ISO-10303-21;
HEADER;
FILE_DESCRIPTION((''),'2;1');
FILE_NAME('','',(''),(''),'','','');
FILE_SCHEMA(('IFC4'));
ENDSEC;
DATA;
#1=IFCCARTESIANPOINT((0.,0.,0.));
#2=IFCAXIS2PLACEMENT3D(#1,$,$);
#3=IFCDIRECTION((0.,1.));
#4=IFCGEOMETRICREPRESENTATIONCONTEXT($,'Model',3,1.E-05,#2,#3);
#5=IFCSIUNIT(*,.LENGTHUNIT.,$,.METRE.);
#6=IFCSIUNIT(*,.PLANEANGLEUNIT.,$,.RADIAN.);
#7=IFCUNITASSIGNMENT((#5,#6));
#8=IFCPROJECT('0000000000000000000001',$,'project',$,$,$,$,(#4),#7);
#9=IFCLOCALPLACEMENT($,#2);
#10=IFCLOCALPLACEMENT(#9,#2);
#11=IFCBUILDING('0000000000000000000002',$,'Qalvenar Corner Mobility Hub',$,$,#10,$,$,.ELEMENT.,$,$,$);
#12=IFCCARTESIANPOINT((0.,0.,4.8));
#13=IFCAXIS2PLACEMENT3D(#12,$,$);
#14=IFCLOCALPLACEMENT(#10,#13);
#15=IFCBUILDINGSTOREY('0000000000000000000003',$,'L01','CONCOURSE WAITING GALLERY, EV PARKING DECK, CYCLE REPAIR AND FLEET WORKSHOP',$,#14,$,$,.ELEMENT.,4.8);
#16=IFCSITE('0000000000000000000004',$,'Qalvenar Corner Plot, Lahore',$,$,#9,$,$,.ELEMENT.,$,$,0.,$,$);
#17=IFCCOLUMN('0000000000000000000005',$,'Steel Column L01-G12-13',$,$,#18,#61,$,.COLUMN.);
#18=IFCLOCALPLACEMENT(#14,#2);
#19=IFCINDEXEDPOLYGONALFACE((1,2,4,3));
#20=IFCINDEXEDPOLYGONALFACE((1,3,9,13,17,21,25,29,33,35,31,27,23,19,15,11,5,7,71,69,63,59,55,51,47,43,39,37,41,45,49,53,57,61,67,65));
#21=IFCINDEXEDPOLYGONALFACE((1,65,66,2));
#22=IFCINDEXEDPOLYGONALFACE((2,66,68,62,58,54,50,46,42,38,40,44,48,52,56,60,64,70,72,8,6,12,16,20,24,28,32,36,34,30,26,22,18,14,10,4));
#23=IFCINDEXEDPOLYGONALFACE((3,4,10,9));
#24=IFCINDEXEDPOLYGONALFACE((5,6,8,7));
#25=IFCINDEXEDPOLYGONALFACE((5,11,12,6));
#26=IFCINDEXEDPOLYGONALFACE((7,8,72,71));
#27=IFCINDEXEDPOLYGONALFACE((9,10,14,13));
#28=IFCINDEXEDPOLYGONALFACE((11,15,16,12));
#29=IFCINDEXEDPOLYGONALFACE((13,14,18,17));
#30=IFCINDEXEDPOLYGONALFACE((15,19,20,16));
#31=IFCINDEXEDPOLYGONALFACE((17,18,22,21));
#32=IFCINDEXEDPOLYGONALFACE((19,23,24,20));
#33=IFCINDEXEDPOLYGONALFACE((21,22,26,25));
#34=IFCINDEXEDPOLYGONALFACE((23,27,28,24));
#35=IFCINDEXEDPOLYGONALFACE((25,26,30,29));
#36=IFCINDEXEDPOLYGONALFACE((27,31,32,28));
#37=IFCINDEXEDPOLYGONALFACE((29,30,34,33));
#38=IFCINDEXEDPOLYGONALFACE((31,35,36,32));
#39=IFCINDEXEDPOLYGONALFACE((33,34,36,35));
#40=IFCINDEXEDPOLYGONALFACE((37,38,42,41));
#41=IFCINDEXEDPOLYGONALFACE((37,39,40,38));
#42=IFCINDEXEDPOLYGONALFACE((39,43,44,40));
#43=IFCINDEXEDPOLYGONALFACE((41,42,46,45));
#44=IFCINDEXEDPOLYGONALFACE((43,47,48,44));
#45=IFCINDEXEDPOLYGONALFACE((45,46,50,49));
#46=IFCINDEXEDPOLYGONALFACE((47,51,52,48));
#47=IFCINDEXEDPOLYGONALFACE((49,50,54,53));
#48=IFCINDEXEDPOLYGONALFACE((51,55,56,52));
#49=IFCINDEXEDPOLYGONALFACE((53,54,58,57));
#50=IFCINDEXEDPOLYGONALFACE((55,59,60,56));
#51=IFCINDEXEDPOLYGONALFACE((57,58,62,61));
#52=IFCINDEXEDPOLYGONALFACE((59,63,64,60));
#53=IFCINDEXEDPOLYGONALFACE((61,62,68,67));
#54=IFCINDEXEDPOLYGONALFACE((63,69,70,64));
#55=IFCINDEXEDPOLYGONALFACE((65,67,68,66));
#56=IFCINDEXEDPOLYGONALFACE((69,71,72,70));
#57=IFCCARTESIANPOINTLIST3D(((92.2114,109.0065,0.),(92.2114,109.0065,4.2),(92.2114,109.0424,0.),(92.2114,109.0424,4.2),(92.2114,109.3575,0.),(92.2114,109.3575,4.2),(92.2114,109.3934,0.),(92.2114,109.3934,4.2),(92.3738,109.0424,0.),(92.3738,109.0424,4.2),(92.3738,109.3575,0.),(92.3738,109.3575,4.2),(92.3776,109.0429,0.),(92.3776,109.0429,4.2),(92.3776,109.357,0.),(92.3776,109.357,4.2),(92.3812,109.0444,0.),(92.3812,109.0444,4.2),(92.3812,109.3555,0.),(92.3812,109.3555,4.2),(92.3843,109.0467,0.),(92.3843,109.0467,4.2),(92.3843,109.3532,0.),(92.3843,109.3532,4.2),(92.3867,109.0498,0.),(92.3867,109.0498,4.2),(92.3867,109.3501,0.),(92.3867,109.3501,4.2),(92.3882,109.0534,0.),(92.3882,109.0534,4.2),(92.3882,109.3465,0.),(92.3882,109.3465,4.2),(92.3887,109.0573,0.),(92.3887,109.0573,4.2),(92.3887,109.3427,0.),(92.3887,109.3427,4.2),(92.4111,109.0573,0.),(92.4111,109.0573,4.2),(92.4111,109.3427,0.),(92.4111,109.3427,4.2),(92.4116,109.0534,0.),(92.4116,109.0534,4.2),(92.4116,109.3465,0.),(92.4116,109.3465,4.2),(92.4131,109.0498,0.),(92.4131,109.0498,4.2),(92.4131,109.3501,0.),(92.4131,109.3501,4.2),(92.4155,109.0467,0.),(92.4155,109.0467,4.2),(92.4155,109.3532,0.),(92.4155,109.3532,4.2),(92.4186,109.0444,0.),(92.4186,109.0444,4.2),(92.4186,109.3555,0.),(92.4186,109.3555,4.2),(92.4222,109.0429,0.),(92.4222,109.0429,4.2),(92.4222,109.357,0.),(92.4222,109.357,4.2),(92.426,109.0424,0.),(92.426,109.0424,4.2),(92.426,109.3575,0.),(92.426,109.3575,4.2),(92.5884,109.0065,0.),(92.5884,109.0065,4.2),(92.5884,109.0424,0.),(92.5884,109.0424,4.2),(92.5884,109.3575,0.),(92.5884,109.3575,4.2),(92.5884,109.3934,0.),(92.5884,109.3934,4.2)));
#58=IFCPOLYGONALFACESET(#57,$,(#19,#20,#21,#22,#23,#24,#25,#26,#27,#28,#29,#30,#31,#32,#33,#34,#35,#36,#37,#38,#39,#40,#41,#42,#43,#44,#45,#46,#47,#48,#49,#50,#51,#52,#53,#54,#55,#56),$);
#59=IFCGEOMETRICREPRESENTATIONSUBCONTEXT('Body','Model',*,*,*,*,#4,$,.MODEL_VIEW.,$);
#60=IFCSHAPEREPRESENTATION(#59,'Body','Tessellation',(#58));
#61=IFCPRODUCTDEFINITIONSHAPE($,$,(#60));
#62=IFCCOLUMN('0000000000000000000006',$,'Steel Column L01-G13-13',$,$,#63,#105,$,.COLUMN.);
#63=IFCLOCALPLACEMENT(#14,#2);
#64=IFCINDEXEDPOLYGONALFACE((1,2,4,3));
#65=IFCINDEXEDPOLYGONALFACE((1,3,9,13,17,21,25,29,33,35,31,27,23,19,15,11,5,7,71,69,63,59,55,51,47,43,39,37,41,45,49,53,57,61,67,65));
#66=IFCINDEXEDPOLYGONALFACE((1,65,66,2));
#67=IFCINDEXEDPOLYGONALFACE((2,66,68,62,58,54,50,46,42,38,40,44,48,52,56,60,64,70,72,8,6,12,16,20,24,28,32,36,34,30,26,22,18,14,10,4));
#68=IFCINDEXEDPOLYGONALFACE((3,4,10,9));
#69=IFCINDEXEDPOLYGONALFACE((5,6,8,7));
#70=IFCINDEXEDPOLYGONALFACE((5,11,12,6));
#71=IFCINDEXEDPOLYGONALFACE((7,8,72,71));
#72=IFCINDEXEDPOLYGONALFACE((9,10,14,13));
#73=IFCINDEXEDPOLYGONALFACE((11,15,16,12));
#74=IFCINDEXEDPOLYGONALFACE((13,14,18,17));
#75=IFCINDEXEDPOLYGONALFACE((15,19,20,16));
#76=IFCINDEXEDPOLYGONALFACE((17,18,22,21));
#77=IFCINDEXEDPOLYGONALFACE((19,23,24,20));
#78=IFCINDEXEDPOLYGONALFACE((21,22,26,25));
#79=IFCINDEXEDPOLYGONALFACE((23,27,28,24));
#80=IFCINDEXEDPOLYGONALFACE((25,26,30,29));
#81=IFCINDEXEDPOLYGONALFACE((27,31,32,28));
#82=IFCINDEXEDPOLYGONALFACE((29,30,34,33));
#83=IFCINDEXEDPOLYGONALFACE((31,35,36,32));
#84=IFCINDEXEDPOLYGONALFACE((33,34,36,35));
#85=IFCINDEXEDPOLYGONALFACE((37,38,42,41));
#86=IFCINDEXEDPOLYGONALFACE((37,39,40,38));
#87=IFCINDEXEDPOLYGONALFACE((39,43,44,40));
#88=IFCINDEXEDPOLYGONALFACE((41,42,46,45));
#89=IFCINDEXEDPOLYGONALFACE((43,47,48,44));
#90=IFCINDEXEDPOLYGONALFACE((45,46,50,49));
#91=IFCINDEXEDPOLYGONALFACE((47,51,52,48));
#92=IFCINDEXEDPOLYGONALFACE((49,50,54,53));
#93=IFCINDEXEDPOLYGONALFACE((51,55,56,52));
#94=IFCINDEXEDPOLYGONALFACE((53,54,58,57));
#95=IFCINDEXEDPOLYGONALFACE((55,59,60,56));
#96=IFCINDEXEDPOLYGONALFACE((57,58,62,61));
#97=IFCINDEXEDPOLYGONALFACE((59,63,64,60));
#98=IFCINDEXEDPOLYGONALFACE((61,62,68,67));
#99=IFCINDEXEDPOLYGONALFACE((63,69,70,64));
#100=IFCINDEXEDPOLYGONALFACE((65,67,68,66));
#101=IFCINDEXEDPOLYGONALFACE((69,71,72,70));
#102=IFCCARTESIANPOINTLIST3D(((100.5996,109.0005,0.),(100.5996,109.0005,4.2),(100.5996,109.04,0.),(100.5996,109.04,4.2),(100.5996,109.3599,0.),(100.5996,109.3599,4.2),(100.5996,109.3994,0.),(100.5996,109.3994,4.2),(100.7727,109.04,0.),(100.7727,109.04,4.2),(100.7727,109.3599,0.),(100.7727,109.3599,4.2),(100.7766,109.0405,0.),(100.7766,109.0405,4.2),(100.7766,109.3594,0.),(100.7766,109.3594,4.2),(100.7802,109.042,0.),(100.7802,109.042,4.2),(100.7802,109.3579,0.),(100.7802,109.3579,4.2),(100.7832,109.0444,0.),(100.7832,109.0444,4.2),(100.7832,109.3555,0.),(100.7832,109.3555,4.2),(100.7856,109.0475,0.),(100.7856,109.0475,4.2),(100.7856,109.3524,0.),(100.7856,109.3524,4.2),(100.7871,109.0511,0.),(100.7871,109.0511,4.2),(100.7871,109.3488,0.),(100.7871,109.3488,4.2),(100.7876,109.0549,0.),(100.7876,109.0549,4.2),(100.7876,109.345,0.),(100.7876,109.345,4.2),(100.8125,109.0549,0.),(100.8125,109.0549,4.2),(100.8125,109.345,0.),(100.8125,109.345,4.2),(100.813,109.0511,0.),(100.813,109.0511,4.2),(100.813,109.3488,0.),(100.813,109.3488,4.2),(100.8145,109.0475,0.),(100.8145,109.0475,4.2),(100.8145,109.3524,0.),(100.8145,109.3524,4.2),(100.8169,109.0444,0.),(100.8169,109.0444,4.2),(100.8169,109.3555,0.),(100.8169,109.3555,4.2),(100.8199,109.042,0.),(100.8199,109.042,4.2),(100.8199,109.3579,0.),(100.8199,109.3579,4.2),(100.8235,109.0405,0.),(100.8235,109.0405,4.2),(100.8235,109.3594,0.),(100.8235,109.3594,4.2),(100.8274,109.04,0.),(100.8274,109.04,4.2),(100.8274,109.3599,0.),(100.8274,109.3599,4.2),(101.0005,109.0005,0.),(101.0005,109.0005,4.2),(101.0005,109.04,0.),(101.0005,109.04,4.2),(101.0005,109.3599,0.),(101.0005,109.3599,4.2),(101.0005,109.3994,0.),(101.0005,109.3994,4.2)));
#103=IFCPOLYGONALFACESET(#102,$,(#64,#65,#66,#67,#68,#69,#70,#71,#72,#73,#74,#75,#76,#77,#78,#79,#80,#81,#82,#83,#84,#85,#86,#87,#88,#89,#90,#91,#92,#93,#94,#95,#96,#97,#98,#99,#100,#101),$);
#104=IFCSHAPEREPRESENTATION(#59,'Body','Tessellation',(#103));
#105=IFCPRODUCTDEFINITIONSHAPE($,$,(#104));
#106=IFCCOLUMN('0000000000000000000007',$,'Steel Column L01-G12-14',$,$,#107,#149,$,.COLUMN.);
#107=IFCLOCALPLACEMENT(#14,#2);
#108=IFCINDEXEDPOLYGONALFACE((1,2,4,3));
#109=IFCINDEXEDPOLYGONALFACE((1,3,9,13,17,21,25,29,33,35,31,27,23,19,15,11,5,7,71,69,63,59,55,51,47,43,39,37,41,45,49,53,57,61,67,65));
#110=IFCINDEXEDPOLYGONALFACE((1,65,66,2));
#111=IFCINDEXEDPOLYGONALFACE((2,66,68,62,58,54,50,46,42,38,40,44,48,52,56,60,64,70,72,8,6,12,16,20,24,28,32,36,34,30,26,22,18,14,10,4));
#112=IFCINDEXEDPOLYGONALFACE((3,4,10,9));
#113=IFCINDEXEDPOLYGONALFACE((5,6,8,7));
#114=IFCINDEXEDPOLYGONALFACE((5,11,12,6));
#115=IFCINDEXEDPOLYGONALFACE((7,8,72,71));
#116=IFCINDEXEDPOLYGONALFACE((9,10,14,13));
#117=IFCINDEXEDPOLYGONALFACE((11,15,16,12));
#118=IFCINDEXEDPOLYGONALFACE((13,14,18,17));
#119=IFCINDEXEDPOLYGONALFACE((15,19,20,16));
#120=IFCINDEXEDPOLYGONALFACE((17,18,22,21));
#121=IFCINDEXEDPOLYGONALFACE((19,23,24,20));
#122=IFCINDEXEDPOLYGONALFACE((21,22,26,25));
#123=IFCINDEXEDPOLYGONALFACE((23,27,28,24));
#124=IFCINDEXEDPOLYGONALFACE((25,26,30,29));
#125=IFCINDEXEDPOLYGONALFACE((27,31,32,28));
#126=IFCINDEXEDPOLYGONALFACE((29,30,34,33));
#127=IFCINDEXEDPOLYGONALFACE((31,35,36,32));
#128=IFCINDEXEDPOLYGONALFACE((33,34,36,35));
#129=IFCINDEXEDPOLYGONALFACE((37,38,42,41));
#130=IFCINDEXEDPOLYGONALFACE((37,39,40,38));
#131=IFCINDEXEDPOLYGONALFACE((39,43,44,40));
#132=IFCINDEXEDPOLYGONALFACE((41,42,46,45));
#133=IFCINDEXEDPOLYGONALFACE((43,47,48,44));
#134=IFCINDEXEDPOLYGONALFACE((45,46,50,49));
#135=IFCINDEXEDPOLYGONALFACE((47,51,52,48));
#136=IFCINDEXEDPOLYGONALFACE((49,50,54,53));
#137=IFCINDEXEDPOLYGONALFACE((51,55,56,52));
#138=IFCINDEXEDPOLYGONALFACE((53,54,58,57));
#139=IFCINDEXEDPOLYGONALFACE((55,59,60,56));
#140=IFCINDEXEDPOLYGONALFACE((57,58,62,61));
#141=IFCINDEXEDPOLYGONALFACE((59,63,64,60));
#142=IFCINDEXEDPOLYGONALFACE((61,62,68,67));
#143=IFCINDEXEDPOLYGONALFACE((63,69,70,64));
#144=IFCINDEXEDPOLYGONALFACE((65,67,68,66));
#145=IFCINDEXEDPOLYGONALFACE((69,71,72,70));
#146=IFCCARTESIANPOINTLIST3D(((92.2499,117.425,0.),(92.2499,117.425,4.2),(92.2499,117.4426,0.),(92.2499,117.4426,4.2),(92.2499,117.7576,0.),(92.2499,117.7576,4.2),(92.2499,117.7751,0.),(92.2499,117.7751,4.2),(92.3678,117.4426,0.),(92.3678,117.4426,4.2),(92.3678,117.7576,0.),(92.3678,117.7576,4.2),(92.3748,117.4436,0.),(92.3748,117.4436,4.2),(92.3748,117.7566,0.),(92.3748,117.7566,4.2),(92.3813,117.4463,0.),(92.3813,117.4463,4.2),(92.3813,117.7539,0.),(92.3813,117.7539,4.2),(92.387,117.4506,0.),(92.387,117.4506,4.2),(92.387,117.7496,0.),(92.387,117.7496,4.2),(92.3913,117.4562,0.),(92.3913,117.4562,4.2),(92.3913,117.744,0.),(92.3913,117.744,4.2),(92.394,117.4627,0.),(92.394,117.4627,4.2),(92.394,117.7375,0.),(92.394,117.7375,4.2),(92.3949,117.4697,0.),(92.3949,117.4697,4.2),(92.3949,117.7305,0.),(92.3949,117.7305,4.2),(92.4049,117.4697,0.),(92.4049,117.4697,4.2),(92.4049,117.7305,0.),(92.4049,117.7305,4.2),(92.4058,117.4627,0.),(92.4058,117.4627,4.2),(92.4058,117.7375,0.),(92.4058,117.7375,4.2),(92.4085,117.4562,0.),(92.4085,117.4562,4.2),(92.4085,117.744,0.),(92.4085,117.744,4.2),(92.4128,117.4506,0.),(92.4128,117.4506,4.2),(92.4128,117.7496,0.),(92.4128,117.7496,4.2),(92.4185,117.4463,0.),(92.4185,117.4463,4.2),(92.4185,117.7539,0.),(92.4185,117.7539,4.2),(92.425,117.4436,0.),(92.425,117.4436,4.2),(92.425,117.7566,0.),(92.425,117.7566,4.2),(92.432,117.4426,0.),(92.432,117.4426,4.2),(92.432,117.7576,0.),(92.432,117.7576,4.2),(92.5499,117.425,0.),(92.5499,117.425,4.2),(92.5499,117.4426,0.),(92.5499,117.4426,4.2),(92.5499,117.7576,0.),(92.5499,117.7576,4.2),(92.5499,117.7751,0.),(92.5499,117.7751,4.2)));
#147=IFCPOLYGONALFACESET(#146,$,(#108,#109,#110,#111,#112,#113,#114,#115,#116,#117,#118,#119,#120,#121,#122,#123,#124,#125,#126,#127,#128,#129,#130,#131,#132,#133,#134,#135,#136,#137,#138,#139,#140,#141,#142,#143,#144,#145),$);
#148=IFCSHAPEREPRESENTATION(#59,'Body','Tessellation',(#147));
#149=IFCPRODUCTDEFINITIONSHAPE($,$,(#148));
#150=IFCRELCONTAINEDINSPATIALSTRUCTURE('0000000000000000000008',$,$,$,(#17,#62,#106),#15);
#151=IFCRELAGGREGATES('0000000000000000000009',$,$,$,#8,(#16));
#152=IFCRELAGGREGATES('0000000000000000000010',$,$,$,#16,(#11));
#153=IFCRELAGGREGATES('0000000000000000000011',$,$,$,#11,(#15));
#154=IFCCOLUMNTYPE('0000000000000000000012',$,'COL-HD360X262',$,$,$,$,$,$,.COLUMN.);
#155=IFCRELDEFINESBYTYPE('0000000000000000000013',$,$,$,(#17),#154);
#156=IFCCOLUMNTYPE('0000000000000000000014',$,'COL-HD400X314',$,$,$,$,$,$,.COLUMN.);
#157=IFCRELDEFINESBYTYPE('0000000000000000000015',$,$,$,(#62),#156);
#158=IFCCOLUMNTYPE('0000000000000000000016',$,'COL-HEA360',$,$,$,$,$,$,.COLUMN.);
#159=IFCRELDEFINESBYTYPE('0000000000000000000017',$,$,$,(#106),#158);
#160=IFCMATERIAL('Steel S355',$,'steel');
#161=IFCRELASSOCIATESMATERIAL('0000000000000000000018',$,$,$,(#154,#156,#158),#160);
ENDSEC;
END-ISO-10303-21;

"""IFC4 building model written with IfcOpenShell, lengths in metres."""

from ifc_helpers import new_model, si_unit, direction, frame, origin, origin_2d, place, context, subcontext, project, spatial, i_section, extrude, material, material_profile, profile_set, type_object, element, save


model = new_model("IFC4")

# Units and contexts
model_context = context("Model", 3, precision=1e-05, world=origin(), true_north=direction((0.0, 1.0)))
body_context = subcontext(model_context, "Body", "Model", "MODEL_VIEW")
ifc_project = project(units=[si_unit("LENGTHUNIT", "METRE"), si_unit("PLANEANGLEUNIT", "RADIAN")], contexts=[model_context])

# Site, building, storey
site_placement = place(None, origin())
site = spatial("IfcSite", under=ifc_project, at=site_placement, Name="Qalvenar Corner Plot, Lahore", CompositionType="ELEMENT", RefElevation=0.0)
building_placement = place(site_placement, origin())
building = spatial("IfcBuilding", under=site, at=building_placement, Name="Qalvenar Corner Mobility Hub", CompositionType="ELEMENT")
storey_placement = place(building_placement, frame((0.0, 0.0, 4.8)))
storey = spatial("IfcBuildingStorey", under=building, at=storey_placement, Name="L01", Description="CONCOURSE WAITING GALLERY, EV PARKING DECK, CYCLE REPAIR AND FLEET WORKSHOP", CompositionType="ELEMENT", Elevation=4.8)

# Columns
ifc_material = material(Name="Steel S355", Category="steel")
ifc_material_profile_1 = material_profile(ifc_material, i_section(OverallWidth=0.377, OverallDepth=0.387, WebThickness=0.0225, FlangeThickness=0.0359, FilletRadius=0.0149, at=origin_2d()), Name="HD360x262")
ifc_profile_set_1 = profile_set([ifc_material_profile_1], Name="Steel S355")
column_type_1 = type_object("IfcColumnType", Name="COL-HD360X262", PredefinedType="COLUMN", material=ifc_profile_set_1)
column_1_placement = place(storey_placement, frame((92.3999, 109.2, 0.0), z_axis=(0.0, 0.0, 1.0), x_axis=(1.0, 0.0, 0.0)))
element("IfcColumn", 1, at=column_1_placement, inside=storey, type_object=column_type_1, Name="Steel Column L01-G12-13", PredefinedType="COLUMN", context=body_context, shape_type="SweptSolid", body=[
    extrude(i_section(OverallWidth=0.377, OverallDepth=0.387, WebThickness=0.0225, FlangeThickness=0.0359, FilletRadius=0.0149, at=origin_2d()), origin(), (0.0, 0.0, 1.0), 4.2),
])
ifc_material_profile_2 = material_profile(ifc_material, i_section(OverallWidth=0.4009, OverallDepth=0.3989, WebThickness=0.0249, FlangeThickness=0.0396, FilletRadius=0.0149, at=origin_2d()), Name="HD400x314")
ifc_profile_set_2 = profile_set([ifc_material_profile_2], Name="Steel S355")
column_type_2 = type_object("IfcColumnType", Name="COL-HD400X314", PredefinedType="COLUMN", material=ifc_profile_set_2)
column_2_placement = place(storey_placement, frame((100.8, 109.2, 0.0), z_axis=(0.0, 0.0, 1.0), x_axis=(1.0, 0.0, 0.0)))
element("IfcColumn", 2, at=column_2_placement, inside=storey, type_object=column_type_2, Name="Steel Column L01-G13-13", PredefinedType="COLUMN", context=body_context, shape_type="SweptSolid", body=[
    extrude(i_section(OverallWidth=0.4009, OverallDepth=0.3989, WebThickness=0.0249, FlangeThickness=0.0396, FilletRadius=0.0149, at=origin_2d()), origin(), (0.0, 0.0, 1.0), 4.2),
])
ifc_material_profile_3 = material_profile(ifc_material, i_section(OverallWidth=0.3, OverallDepth=0.3501, WebThickness=0.01, FlangeThickness=0.0176, FilletRadius=0.0271, at=origin_2d()), Name="HEA360")
ifc_profile_set_3 = profile_set([ifc_material_profile_3], Name="Steel S355")
column_type_3 = type_object("IfcColumnType", Name="COL-HEA360", PredefinedType="COLUMN", material=ifc_profile_set_3)
column_3_placement = place(storey_placement, frame((92.3999, 117.6001, 0.0), z_axis=(0.0, 0.0, 1.0), x_axis=(1.0, 0.0, 0.0)))
element("IfcColumn", 3, at=column_3_placement, inside=storey, type_object=column_type_3, Name="Steel Column L01-G12-14", PredefinedType="COLUMN", context=body_context, shape_type="SweptSolid", body=[
    extrude(i_section(OverallWidth=0.3, OverallDepth=0.3501, WebThickness=0.01, FlangeThickness=0.0176, FilletRadius=0.0271, at=origin_2d()), origin(), (0.0, 0.0, 1.0), 4.2),
])

save(model, "model.ifc")
